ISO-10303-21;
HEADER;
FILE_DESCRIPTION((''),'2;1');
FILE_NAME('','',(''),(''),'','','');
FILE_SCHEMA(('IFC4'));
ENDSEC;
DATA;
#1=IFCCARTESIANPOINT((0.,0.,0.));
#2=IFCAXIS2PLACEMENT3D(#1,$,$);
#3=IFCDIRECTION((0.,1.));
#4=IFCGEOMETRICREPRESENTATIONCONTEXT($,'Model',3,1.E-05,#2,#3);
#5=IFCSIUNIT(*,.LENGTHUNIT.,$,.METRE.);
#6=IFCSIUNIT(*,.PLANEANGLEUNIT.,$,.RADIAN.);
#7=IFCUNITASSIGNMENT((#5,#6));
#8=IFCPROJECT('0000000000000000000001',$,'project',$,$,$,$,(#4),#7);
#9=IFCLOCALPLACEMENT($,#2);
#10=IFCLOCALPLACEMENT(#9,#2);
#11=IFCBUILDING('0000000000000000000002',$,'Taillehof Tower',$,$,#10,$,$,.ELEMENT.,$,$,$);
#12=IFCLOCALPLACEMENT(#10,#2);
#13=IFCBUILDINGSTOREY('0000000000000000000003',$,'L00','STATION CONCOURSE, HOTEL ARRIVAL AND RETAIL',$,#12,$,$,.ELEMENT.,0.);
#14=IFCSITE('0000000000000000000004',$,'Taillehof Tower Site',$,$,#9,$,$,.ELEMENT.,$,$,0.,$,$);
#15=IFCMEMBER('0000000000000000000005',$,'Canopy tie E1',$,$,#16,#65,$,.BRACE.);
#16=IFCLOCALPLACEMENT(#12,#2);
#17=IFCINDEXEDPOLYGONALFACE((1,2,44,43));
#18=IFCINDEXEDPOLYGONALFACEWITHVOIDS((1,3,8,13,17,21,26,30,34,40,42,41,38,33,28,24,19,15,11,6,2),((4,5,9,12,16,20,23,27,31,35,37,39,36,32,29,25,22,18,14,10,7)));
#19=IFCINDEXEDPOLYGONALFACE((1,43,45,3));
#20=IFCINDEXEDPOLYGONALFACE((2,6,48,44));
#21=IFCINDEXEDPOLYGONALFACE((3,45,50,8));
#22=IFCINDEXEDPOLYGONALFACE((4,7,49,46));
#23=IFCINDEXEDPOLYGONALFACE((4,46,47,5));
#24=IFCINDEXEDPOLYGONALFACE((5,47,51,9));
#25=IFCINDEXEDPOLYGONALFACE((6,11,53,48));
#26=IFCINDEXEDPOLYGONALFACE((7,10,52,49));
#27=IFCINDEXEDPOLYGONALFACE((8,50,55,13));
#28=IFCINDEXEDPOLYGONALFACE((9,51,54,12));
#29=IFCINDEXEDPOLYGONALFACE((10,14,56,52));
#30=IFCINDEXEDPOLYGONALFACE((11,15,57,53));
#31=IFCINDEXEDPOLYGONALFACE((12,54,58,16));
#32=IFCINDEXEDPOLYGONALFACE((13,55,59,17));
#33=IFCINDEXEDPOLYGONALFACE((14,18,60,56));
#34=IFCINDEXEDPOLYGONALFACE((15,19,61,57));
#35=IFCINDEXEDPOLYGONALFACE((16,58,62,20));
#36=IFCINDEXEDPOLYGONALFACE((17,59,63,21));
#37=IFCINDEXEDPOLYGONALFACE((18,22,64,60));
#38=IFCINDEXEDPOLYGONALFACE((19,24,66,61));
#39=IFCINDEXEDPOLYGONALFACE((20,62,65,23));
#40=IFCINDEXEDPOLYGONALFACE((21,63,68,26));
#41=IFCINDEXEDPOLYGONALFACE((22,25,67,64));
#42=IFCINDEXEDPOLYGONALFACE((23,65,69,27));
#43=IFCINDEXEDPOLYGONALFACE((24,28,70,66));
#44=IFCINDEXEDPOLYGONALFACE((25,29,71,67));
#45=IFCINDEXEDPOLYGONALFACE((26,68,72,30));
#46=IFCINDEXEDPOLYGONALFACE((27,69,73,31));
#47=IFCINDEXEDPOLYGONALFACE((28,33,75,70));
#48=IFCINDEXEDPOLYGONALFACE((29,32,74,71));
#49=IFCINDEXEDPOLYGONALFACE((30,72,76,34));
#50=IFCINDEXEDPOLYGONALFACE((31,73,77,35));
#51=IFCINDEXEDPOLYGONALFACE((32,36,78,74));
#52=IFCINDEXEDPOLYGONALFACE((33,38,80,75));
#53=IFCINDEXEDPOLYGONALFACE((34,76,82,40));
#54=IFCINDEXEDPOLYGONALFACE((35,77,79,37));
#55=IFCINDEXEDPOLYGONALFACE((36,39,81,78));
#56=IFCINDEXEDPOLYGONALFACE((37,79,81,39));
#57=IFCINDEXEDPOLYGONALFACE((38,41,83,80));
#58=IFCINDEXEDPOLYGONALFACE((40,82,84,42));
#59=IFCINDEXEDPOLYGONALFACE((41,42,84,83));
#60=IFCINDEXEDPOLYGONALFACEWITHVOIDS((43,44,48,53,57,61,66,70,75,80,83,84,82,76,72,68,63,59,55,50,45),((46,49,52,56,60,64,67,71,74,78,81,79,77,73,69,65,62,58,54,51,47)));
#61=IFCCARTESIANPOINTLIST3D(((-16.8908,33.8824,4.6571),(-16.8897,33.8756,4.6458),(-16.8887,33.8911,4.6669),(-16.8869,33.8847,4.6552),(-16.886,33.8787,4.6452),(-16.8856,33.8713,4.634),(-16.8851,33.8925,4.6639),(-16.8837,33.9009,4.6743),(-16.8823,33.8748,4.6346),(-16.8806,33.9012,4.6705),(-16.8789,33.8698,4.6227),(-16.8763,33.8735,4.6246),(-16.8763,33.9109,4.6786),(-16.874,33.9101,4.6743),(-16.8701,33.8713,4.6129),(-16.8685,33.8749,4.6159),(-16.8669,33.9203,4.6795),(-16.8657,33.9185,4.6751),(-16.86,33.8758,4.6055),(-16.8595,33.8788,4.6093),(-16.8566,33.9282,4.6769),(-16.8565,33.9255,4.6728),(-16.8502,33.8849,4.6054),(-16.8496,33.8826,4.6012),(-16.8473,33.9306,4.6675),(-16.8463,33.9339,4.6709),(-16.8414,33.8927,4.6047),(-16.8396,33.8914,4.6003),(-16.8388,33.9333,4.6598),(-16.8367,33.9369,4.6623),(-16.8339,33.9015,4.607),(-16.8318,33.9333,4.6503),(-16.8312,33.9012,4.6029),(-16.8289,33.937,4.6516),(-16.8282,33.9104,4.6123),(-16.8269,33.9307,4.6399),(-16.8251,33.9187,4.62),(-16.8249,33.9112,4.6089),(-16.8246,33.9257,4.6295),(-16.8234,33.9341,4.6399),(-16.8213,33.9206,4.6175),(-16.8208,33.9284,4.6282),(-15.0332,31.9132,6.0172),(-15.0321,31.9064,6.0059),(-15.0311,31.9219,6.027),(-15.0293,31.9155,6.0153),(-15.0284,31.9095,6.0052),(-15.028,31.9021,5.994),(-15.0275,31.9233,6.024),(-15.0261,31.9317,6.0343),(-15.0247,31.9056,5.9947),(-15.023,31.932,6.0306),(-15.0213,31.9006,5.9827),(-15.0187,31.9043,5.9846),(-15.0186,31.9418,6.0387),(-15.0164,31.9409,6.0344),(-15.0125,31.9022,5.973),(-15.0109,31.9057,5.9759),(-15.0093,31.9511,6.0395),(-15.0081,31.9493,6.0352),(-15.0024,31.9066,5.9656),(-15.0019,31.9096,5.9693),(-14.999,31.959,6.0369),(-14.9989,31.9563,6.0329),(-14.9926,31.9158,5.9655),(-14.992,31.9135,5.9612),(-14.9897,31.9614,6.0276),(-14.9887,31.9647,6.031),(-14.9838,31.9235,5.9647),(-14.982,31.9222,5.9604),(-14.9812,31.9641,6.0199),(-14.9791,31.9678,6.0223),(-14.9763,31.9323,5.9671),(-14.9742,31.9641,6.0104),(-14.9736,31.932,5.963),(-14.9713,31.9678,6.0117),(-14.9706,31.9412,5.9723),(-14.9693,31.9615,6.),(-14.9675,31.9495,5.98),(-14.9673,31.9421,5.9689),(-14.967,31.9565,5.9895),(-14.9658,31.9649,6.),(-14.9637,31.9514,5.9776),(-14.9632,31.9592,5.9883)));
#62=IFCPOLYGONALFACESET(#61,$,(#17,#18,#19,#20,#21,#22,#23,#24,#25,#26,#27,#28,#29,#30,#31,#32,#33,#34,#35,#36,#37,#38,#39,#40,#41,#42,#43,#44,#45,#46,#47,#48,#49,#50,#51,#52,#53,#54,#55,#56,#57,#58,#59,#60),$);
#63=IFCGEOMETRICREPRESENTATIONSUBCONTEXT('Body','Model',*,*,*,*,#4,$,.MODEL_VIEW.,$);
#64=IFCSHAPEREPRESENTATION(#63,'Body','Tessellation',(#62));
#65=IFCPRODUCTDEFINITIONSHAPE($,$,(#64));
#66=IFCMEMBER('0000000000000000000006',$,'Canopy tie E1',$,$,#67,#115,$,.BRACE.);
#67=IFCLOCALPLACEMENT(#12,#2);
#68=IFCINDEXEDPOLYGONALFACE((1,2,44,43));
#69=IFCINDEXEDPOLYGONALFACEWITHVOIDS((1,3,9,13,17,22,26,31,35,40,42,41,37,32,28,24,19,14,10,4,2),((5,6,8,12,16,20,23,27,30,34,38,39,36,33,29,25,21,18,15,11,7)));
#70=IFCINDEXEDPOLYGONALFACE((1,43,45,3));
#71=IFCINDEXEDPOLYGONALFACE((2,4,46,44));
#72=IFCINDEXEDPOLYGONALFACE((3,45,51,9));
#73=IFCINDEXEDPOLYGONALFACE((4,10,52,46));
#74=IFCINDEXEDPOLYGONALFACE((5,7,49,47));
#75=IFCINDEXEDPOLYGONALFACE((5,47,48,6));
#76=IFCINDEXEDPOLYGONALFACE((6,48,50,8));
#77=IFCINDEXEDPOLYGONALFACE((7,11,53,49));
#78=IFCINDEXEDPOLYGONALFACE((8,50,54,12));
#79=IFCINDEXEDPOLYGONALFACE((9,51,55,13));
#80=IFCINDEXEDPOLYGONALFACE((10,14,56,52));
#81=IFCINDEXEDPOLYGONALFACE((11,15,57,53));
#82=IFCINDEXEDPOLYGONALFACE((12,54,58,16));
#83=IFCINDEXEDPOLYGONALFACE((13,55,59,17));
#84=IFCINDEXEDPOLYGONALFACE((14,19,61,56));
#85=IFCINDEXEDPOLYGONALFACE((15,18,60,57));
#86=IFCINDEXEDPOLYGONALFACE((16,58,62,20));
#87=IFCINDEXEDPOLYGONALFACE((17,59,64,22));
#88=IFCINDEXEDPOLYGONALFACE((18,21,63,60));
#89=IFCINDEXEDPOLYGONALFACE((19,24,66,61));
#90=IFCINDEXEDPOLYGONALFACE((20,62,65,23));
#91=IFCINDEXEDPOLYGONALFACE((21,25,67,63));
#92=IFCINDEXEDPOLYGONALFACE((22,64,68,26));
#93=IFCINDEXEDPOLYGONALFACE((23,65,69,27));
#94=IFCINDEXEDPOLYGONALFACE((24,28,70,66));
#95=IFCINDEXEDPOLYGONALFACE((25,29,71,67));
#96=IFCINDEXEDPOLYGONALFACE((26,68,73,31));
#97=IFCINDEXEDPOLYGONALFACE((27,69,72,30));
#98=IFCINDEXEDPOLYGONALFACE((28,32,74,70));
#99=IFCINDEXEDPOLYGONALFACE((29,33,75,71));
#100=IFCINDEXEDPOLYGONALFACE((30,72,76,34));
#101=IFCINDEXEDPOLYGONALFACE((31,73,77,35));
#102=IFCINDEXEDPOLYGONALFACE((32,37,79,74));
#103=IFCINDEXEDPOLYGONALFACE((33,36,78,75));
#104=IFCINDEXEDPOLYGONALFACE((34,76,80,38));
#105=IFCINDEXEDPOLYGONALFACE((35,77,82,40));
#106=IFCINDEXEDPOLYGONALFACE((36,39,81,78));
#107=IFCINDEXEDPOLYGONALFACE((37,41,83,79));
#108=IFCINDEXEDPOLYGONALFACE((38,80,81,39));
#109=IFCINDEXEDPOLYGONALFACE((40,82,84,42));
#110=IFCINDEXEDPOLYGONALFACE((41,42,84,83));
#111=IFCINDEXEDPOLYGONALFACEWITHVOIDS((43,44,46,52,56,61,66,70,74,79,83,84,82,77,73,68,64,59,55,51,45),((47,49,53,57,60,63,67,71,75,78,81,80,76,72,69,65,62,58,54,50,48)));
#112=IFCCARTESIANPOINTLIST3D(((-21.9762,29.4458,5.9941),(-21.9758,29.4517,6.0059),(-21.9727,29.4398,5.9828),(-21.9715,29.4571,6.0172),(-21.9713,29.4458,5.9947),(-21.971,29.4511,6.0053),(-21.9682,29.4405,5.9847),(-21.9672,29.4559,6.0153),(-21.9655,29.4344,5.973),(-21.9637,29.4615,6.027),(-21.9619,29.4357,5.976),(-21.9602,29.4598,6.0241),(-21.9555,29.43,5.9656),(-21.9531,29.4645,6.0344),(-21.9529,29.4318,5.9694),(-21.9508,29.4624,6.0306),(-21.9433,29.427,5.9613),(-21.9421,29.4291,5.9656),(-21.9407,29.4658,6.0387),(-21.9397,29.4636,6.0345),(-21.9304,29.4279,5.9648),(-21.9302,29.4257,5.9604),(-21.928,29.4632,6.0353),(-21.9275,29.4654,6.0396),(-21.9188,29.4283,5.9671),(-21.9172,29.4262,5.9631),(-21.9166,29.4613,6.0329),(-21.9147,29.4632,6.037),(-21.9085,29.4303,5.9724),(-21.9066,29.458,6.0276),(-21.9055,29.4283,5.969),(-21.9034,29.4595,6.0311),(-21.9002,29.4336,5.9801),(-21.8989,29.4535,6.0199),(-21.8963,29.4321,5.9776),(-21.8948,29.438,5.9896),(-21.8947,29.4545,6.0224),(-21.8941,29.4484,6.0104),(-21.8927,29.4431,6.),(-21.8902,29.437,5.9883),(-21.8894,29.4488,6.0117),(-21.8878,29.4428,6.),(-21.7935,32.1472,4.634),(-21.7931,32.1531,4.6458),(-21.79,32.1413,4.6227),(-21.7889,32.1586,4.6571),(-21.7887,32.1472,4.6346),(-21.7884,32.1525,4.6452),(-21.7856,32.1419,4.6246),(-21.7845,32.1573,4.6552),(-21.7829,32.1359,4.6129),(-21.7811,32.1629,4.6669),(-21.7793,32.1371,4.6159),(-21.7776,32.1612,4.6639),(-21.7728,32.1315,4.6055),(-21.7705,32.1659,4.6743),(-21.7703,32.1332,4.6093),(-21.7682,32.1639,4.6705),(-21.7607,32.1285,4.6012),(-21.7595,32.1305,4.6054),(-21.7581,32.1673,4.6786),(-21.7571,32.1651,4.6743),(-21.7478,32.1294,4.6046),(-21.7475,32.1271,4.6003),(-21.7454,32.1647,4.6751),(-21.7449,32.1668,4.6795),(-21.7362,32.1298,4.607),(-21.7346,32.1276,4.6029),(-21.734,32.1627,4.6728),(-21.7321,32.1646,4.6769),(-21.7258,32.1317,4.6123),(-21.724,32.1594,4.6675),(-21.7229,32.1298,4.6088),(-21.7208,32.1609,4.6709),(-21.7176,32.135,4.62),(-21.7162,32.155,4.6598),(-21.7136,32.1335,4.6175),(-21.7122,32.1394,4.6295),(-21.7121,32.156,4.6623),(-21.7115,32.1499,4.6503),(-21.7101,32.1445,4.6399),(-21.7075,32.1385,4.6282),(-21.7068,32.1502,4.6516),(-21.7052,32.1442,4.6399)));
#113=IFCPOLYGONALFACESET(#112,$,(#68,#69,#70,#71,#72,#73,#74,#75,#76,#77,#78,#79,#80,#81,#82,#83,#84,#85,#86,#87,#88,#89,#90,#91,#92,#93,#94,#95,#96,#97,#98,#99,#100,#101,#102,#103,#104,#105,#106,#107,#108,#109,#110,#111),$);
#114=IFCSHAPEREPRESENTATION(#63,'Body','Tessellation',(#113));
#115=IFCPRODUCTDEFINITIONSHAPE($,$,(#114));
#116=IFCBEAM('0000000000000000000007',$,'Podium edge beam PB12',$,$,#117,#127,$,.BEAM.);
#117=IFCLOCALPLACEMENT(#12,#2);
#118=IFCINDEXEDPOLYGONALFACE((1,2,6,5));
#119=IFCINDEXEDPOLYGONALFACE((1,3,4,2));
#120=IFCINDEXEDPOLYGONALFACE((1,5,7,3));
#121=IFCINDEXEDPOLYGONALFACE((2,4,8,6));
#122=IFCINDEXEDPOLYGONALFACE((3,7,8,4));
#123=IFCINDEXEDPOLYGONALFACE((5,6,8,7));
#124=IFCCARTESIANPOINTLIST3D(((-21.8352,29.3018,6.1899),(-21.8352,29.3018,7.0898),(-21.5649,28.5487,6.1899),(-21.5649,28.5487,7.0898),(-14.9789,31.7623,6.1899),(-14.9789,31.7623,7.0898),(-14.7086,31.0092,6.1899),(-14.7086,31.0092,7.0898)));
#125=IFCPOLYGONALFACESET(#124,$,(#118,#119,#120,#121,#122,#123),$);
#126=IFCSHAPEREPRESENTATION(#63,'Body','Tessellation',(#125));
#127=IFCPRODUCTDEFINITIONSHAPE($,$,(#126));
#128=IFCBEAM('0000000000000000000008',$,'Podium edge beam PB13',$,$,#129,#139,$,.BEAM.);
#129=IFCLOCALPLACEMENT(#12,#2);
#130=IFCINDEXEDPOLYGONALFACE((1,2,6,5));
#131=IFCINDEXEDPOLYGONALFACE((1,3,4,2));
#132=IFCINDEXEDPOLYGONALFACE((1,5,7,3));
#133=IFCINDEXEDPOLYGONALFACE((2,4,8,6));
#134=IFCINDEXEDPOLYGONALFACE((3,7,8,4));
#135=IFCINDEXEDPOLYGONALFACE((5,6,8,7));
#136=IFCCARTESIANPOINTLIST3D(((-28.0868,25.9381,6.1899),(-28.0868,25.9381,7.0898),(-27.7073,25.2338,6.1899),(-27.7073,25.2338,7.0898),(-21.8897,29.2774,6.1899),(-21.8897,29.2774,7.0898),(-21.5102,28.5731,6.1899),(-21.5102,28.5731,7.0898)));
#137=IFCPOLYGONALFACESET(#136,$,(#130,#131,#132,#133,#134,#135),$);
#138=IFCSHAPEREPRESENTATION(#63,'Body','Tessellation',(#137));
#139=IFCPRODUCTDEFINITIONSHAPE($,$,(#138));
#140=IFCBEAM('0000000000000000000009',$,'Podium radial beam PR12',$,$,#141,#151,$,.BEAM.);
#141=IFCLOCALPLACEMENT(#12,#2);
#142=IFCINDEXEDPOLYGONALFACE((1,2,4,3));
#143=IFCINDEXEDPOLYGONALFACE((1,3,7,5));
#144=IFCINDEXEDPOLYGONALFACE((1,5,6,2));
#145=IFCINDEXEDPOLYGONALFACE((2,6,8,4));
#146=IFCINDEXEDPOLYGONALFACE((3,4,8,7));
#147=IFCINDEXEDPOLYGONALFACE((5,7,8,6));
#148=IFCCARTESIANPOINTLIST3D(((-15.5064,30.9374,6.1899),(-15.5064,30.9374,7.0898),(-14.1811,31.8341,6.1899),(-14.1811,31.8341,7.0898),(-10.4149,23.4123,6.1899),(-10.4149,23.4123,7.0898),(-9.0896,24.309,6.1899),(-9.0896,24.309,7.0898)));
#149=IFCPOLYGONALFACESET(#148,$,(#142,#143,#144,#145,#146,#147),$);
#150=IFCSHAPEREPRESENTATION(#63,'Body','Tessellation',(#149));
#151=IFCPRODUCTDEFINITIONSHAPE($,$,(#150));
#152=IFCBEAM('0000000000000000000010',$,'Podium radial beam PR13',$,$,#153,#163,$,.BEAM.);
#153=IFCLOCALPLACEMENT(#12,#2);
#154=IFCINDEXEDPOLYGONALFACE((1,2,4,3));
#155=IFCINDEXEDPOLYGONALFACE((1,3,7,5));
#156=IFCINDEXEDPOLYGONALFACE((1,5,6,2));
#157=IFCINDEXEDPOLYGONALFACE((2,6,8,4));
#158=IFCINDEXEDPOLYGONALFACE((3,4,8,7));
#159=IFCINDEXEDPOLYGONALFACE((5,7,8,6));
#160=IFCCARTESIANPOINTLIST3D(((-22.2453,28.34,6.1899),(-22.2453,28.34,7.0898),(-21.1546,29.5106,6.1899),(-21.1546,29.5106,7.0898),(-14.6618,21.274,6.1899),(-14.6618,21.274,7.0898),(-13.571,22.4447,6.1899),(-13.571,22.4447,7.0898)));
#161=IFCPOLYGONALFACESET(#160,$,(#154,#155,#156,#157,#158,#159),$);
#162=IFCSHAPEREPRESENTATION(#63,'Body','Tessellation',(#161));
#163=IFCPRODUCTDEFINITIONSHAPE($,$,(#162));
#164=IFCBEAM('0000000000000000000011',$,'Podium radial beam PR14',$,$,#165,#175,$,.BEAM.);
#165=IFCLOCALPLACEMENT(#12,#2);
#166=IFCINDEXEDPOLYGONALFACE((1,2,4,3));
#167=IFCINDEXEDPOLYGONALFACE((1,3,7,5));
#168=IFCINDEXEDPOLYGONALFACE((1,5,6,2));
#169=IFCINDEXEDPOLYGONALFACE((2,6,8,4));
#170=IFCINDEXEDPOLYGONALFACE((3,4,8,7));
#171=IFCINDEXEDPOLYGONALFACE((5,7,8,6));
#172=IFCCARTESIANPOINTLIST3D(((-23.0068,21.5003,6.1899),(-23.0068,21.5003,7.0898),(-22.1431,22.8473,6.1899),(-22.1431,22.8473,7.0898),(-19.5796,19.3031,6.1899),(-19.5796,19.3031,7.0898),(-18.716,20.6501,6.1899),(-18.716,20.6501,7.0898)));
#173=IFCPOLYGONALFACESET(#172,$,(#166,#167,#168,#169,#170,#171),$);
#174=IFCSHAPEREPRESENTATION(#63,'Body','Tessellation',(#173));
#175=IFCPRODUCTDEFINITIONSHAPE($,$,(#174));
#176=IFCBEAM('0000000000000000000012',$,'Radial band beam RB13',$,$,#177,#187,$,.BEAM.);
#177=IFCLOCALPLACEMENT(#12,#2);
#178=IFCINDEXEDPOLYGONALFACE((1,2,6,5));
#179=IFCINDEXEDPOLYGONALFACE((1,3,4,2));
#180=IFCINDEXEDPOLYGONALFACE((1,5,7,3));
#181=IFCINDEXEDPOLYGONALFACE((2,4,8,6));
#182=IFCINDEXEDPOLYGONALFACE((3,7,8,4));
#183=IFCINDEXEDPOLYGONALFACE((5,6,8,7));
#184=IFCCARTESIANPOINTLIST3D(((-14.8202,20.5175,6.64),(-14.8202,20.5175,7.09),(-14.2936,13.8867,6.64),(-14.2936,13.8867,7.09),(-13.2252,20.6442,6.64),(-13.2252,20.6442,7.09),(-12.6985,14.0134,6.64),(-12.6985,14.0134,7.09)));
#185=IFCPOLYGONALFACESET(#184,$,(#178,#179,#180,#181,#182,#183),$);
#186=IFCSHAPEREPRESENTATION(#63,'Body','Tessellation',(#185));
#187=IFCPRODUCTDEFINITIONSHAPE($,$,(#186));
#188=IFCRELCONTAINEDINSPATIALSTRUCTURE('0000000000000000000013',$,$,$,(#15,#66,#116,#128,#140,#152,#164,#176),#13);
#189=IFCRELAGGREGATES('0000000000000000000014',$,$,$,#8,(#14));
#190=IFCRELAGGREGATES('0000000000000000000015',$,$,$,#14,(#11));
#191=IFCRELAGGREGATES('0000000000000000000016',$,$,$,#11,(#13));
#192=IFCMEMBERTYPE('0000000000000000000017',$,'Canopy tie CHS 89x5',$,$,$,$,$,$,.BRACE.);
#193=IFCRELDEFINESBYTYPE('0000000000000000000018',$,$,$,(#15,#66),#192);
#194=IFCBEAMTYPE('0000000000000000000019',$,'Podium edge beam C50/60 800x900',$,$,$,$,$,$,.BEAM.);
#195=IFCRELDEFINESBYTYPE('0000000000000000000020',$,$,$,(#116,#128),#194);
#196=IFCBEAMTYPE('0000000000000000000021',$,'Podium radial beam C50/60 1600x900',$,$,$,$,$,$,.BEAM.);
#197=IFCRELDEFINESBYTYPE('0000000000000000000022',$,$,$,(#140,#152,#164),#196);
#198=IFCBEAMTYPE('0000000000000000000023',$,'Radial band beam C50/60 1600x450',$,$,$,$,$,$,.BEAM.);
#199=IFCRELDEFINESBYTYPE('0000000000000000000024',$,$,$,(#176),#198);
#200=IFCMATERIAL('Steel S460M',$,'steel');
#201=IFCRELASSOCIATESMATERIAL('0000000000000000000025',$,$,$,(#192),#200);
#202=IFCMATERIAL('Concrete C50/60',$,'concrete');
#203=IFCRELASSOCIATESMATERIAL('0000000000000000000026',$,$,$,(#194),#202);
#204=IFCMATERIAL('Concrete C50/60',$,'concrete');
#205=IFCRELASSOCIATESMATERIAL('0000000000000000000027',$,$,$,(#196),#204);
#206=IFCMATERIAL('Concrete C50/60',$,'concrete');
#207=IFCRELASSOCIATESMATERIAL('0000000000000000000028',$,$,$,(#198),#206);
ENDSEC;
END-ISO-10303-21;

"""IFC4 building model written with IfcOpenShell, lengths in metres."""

from ifc_helpers import new_model, si_unit, direction, frame, origin, origin_2d, place, context, subcontext, project, spatial, rectangle, hollow_circle, extrude, material, material_profile, profile_set, type_object, element, save


model = new_model("IFC4")

# Units and contexts
model_context = context("Model", 3, precision=1e-05, world=origin(), true_north=direction((0.0, 1.0)))
body_context = subcontext(model_context, "Body", "Model", "MODEL_VIEW")
ifc_project = project(units=[si_unit("LENGTHUNIT", "METRE"), si_unit("PLANEANGLEUNIT", "RADIAN")], contexts=[model_context])

# Site, building, storey
site_placement = place(None, origin())
site = spatial("IfcSite", under=ifc_project, at=site_placement, Name="Taillehof Tower Site", CompositionType="ELEMENT", RefElevation=0.0)
building_placement = place(site_placement, origin())
building = spatial("IfcBuilding", under=site, at=building_placement, Name="Taillehof Tower", CompositionType="ELEMENT")
storey_placement = place(building_placement, origin())
storey = spatial("IfcBuildingStorey", under=building, at=storey_placement, Name="L00", Description="STATION CONCOURSE, HOTEL ARRIVAL AND RETAIL", CompositionType="ELEMENT", Elevation=0.0)

# Members
ifc_material_1 = material(Name="Steel S460M", Category="steel")
ifc_material_profile_1 = material_profile(ifc_material_1, hollow_circle(Radius=0.0444, WallThickness=0.0049, at=origin_2d()), Name="CHS 89x5")
ifc_profile_set_1 = profile_set([ifc_material_profile_1], Name="Steel S460M")
member_type = type_object("IfcMemberType", Name="Canopy tie CHS 89x5", PredefinedType="BRACE", material=ifc_profile_set_1)
member_1_placement = place(storey_placement, frame((-16.8557, 33.9036, 4.6399), z_axis=(0.613164, -0.649991, 0.448934), x_axis=(0.727413, 0.6862, 0.0)))
element("IfcMember", 1, at=member_1_placement, inside=storey, type_object=member_type, Name="Canopy tie E1", PredefinedType="BRACE", context=body_context, shape_type="SweptSolid", body=[
    extrude(hollow_circle(Radius=0.0444, WallThickness=0.0049, at=origin_2d()), origin(), (0.0, 0.0, 1.0), 3.0295),
])
member_2_placement = place(storey_placement, frame((-21.7495, 32.1472, 4.6399), z_axis=(-0.06027, -0.891557, 0.448881), x_axis=(0.997723, -0.067447, 0.0)))
element("IfcMember", 2, at=member_2_placement, inside=storey, type_object=member_type, Name="Canopy tie E1", PredefinedType="BRACE", context=body_context, shape_type="SweptSolid", body=[
    extrude(hollow_circle(Radius=0.0444, WallThickness=0.0049, at=origin_2d()), origin(), (0.0, 0.0, 1.0), 3.03),
])

# Beams
ifc_material_2 = material(Name="Concrete C50/60", Category="concrete")
ifc_material_profile_2 = material_profile(ifc_material_2, rectangle(XDim=0.8, YDim=0.8999, at=origin_2d()), Name="RC 800x900")
ifc_profile_set_2 = profile_set([ifc_material_profile_2], Name="Concrete C50/60")
beam_type_1 = type_object("IfcBeamType", Name="Podium edge beam C50/60 800x900", PredefinedType="BEAM", material=ifc_profile_set_2)
beam_1_placement = place(storey_placement, frame((-14.8438, 31.3857, 6.6399), z_axis=(-0.941227, -0.337773, 0.0), x_axis=(0.337773, -0.941227, 0.0)))
element("IfcBeam", 3, at=beam_1_placement, inside=storey, type_object=beam_type_1, Name="Podium edge beam PB12", PredefinedType="BEAM", context=body_context, shape_type="SweptSolid", body=[
    extrude(rectangle(XDim=0.8, YDim=0.8999, at=origin_2d()), origin(), (0.0, 0.0, 1.0), 7.2844),
])
beam_2_placement = place(storey_placement, frame((-21.7, 28.9253, 6.6399), z_axis=(-0.880323, -0.474375, 0.0), x_axis=(0.474375, -0.880323, 0.0)))
element("IfcBeam", 4, at=beam_2_placement, inside=storey, type_object=beam_type_1, Name="Podium edge beam PB13", PredefinedType="BEAM", context=body_context, shape_type="SweptSolid", body=[
    extrude(rectangle(XDim=0.8, YDim=0.8999, at=origin_2d()), origin(), (0.0, 0.0, 1.0), 7.0396),
])
ifc_material_3 = material(Name="Concrete C50/60", Category="concrete")
ifc_material_profile_3 = material_profile(ifc_material_3, rectangle(XDim=1.6001, YDim=0.8999, at=origin_2d()), Name="RC 1600x900")
ifc_profile_set_3 = profile_set([ifc_material_profile_3], Name="Concrete C50/60")
beam_type_2 = type_object("IfcBeamType", Name="Podium radial beam C50/60 1600x900", PredefinedType="BEAM", material=ifc_profile_set_3)
beam_3_placement = place(storey_placement, frame((-14.8438, 31.3857, 6.6399), z_axis=(0.560386, -0.828232, 0.0), x_axis=(0.828232, 0.560386, 0.0)))
element("IfcBeam", 5, at=beam_3_placement, inside=storey, type_object=beam_type_2, Name="Podium radial beam PR12", PredefinedType="BEAM", context=body_context, shape_type="SweptSolid", body=[
    extrude(rectangle(XDim=1.6001, YDim=0.8999, at=origin_2d()), origin(), (0.0, 0.0, 1.0), 9.0857),
])
beam_4_placement = place(storey_placement, frame((-21.7, 28.9253, 6.6399), z_axis=(0.731633, -0.681699, 0.0), x_axis=(0.681699, 0.731633, 0.0)))
element("IfcBeam", 6, at=beam_4_placement, inside=storey, type_object=beam_type_2, Name="Podium radial beam PR13", PredefinedType="BEAM", context=body_context, shape_type="SweptSolid", body=[
    extrude(rectangle(XDim=1.6001, YDim=0.8999, at=origin_2d()), origin(), (0.0, 0.0, 1.0), 10.3652),
])
beam_5_placement = place(storey_placement, frame((-22.575, 22.1738, 6.6399), z_axis=(0.841844, -0.539721, 0.0), x_axis=(0.539721, 0.841844, 0.0)))
element("IfcBeam", 7, at=beam_5_placement, inside=storey, type_object=beam_type_2, Name="Podium radial beam PR14", PredefinedType="BEAM", context=body_context, shape_type="SweptSolid", body=[
    extrude(rectangle(XDim=1.6001, YDim=0.8999, at=origin_2d()), origin(), (0.0, 0.0, 1.0), 4.071),
])
ifc_material_4 = material(Name="Concrete C50/60", Category="concrete")
ifc_material_profile_4 = material_profile(ifc_material_4, rectangle(XDim=1.6001, YDim=0.45, at=origin_2d()), Name="RC 1600x450")
ifc_profile_set_4 = profile_set([ifc_material_profile_4], Name="Concrete C50/60")
beam_type_3 = type_object("IfcBeamType", Name="Radial band beam C50/60 1600x450", PredefinedType="BEAM", material=ifc_profile_set_4)
beam_6_placement = place(storey_placement, frame((-14.0227, 20.5808, 6.865), z_axis=(0.079172, -0.996861, 0.0), x_axis=(0.996861, 0.079172, 0.0)))
element("IfcBeam", 8, at=beam_6_placement, inside=storey, type_object=beam_type_3, Name="Radial band beam RB13", PredefinedType="BEAM", context=body_context, shape_type="SweptSolid", body=[
    extrude(rectangle(XDim=1.6001, YDim=0.45, at=origin_2d()), origin(), (0.0, 0.0, 1.0), 6.6516),
])

save(model, "model.ifc")
